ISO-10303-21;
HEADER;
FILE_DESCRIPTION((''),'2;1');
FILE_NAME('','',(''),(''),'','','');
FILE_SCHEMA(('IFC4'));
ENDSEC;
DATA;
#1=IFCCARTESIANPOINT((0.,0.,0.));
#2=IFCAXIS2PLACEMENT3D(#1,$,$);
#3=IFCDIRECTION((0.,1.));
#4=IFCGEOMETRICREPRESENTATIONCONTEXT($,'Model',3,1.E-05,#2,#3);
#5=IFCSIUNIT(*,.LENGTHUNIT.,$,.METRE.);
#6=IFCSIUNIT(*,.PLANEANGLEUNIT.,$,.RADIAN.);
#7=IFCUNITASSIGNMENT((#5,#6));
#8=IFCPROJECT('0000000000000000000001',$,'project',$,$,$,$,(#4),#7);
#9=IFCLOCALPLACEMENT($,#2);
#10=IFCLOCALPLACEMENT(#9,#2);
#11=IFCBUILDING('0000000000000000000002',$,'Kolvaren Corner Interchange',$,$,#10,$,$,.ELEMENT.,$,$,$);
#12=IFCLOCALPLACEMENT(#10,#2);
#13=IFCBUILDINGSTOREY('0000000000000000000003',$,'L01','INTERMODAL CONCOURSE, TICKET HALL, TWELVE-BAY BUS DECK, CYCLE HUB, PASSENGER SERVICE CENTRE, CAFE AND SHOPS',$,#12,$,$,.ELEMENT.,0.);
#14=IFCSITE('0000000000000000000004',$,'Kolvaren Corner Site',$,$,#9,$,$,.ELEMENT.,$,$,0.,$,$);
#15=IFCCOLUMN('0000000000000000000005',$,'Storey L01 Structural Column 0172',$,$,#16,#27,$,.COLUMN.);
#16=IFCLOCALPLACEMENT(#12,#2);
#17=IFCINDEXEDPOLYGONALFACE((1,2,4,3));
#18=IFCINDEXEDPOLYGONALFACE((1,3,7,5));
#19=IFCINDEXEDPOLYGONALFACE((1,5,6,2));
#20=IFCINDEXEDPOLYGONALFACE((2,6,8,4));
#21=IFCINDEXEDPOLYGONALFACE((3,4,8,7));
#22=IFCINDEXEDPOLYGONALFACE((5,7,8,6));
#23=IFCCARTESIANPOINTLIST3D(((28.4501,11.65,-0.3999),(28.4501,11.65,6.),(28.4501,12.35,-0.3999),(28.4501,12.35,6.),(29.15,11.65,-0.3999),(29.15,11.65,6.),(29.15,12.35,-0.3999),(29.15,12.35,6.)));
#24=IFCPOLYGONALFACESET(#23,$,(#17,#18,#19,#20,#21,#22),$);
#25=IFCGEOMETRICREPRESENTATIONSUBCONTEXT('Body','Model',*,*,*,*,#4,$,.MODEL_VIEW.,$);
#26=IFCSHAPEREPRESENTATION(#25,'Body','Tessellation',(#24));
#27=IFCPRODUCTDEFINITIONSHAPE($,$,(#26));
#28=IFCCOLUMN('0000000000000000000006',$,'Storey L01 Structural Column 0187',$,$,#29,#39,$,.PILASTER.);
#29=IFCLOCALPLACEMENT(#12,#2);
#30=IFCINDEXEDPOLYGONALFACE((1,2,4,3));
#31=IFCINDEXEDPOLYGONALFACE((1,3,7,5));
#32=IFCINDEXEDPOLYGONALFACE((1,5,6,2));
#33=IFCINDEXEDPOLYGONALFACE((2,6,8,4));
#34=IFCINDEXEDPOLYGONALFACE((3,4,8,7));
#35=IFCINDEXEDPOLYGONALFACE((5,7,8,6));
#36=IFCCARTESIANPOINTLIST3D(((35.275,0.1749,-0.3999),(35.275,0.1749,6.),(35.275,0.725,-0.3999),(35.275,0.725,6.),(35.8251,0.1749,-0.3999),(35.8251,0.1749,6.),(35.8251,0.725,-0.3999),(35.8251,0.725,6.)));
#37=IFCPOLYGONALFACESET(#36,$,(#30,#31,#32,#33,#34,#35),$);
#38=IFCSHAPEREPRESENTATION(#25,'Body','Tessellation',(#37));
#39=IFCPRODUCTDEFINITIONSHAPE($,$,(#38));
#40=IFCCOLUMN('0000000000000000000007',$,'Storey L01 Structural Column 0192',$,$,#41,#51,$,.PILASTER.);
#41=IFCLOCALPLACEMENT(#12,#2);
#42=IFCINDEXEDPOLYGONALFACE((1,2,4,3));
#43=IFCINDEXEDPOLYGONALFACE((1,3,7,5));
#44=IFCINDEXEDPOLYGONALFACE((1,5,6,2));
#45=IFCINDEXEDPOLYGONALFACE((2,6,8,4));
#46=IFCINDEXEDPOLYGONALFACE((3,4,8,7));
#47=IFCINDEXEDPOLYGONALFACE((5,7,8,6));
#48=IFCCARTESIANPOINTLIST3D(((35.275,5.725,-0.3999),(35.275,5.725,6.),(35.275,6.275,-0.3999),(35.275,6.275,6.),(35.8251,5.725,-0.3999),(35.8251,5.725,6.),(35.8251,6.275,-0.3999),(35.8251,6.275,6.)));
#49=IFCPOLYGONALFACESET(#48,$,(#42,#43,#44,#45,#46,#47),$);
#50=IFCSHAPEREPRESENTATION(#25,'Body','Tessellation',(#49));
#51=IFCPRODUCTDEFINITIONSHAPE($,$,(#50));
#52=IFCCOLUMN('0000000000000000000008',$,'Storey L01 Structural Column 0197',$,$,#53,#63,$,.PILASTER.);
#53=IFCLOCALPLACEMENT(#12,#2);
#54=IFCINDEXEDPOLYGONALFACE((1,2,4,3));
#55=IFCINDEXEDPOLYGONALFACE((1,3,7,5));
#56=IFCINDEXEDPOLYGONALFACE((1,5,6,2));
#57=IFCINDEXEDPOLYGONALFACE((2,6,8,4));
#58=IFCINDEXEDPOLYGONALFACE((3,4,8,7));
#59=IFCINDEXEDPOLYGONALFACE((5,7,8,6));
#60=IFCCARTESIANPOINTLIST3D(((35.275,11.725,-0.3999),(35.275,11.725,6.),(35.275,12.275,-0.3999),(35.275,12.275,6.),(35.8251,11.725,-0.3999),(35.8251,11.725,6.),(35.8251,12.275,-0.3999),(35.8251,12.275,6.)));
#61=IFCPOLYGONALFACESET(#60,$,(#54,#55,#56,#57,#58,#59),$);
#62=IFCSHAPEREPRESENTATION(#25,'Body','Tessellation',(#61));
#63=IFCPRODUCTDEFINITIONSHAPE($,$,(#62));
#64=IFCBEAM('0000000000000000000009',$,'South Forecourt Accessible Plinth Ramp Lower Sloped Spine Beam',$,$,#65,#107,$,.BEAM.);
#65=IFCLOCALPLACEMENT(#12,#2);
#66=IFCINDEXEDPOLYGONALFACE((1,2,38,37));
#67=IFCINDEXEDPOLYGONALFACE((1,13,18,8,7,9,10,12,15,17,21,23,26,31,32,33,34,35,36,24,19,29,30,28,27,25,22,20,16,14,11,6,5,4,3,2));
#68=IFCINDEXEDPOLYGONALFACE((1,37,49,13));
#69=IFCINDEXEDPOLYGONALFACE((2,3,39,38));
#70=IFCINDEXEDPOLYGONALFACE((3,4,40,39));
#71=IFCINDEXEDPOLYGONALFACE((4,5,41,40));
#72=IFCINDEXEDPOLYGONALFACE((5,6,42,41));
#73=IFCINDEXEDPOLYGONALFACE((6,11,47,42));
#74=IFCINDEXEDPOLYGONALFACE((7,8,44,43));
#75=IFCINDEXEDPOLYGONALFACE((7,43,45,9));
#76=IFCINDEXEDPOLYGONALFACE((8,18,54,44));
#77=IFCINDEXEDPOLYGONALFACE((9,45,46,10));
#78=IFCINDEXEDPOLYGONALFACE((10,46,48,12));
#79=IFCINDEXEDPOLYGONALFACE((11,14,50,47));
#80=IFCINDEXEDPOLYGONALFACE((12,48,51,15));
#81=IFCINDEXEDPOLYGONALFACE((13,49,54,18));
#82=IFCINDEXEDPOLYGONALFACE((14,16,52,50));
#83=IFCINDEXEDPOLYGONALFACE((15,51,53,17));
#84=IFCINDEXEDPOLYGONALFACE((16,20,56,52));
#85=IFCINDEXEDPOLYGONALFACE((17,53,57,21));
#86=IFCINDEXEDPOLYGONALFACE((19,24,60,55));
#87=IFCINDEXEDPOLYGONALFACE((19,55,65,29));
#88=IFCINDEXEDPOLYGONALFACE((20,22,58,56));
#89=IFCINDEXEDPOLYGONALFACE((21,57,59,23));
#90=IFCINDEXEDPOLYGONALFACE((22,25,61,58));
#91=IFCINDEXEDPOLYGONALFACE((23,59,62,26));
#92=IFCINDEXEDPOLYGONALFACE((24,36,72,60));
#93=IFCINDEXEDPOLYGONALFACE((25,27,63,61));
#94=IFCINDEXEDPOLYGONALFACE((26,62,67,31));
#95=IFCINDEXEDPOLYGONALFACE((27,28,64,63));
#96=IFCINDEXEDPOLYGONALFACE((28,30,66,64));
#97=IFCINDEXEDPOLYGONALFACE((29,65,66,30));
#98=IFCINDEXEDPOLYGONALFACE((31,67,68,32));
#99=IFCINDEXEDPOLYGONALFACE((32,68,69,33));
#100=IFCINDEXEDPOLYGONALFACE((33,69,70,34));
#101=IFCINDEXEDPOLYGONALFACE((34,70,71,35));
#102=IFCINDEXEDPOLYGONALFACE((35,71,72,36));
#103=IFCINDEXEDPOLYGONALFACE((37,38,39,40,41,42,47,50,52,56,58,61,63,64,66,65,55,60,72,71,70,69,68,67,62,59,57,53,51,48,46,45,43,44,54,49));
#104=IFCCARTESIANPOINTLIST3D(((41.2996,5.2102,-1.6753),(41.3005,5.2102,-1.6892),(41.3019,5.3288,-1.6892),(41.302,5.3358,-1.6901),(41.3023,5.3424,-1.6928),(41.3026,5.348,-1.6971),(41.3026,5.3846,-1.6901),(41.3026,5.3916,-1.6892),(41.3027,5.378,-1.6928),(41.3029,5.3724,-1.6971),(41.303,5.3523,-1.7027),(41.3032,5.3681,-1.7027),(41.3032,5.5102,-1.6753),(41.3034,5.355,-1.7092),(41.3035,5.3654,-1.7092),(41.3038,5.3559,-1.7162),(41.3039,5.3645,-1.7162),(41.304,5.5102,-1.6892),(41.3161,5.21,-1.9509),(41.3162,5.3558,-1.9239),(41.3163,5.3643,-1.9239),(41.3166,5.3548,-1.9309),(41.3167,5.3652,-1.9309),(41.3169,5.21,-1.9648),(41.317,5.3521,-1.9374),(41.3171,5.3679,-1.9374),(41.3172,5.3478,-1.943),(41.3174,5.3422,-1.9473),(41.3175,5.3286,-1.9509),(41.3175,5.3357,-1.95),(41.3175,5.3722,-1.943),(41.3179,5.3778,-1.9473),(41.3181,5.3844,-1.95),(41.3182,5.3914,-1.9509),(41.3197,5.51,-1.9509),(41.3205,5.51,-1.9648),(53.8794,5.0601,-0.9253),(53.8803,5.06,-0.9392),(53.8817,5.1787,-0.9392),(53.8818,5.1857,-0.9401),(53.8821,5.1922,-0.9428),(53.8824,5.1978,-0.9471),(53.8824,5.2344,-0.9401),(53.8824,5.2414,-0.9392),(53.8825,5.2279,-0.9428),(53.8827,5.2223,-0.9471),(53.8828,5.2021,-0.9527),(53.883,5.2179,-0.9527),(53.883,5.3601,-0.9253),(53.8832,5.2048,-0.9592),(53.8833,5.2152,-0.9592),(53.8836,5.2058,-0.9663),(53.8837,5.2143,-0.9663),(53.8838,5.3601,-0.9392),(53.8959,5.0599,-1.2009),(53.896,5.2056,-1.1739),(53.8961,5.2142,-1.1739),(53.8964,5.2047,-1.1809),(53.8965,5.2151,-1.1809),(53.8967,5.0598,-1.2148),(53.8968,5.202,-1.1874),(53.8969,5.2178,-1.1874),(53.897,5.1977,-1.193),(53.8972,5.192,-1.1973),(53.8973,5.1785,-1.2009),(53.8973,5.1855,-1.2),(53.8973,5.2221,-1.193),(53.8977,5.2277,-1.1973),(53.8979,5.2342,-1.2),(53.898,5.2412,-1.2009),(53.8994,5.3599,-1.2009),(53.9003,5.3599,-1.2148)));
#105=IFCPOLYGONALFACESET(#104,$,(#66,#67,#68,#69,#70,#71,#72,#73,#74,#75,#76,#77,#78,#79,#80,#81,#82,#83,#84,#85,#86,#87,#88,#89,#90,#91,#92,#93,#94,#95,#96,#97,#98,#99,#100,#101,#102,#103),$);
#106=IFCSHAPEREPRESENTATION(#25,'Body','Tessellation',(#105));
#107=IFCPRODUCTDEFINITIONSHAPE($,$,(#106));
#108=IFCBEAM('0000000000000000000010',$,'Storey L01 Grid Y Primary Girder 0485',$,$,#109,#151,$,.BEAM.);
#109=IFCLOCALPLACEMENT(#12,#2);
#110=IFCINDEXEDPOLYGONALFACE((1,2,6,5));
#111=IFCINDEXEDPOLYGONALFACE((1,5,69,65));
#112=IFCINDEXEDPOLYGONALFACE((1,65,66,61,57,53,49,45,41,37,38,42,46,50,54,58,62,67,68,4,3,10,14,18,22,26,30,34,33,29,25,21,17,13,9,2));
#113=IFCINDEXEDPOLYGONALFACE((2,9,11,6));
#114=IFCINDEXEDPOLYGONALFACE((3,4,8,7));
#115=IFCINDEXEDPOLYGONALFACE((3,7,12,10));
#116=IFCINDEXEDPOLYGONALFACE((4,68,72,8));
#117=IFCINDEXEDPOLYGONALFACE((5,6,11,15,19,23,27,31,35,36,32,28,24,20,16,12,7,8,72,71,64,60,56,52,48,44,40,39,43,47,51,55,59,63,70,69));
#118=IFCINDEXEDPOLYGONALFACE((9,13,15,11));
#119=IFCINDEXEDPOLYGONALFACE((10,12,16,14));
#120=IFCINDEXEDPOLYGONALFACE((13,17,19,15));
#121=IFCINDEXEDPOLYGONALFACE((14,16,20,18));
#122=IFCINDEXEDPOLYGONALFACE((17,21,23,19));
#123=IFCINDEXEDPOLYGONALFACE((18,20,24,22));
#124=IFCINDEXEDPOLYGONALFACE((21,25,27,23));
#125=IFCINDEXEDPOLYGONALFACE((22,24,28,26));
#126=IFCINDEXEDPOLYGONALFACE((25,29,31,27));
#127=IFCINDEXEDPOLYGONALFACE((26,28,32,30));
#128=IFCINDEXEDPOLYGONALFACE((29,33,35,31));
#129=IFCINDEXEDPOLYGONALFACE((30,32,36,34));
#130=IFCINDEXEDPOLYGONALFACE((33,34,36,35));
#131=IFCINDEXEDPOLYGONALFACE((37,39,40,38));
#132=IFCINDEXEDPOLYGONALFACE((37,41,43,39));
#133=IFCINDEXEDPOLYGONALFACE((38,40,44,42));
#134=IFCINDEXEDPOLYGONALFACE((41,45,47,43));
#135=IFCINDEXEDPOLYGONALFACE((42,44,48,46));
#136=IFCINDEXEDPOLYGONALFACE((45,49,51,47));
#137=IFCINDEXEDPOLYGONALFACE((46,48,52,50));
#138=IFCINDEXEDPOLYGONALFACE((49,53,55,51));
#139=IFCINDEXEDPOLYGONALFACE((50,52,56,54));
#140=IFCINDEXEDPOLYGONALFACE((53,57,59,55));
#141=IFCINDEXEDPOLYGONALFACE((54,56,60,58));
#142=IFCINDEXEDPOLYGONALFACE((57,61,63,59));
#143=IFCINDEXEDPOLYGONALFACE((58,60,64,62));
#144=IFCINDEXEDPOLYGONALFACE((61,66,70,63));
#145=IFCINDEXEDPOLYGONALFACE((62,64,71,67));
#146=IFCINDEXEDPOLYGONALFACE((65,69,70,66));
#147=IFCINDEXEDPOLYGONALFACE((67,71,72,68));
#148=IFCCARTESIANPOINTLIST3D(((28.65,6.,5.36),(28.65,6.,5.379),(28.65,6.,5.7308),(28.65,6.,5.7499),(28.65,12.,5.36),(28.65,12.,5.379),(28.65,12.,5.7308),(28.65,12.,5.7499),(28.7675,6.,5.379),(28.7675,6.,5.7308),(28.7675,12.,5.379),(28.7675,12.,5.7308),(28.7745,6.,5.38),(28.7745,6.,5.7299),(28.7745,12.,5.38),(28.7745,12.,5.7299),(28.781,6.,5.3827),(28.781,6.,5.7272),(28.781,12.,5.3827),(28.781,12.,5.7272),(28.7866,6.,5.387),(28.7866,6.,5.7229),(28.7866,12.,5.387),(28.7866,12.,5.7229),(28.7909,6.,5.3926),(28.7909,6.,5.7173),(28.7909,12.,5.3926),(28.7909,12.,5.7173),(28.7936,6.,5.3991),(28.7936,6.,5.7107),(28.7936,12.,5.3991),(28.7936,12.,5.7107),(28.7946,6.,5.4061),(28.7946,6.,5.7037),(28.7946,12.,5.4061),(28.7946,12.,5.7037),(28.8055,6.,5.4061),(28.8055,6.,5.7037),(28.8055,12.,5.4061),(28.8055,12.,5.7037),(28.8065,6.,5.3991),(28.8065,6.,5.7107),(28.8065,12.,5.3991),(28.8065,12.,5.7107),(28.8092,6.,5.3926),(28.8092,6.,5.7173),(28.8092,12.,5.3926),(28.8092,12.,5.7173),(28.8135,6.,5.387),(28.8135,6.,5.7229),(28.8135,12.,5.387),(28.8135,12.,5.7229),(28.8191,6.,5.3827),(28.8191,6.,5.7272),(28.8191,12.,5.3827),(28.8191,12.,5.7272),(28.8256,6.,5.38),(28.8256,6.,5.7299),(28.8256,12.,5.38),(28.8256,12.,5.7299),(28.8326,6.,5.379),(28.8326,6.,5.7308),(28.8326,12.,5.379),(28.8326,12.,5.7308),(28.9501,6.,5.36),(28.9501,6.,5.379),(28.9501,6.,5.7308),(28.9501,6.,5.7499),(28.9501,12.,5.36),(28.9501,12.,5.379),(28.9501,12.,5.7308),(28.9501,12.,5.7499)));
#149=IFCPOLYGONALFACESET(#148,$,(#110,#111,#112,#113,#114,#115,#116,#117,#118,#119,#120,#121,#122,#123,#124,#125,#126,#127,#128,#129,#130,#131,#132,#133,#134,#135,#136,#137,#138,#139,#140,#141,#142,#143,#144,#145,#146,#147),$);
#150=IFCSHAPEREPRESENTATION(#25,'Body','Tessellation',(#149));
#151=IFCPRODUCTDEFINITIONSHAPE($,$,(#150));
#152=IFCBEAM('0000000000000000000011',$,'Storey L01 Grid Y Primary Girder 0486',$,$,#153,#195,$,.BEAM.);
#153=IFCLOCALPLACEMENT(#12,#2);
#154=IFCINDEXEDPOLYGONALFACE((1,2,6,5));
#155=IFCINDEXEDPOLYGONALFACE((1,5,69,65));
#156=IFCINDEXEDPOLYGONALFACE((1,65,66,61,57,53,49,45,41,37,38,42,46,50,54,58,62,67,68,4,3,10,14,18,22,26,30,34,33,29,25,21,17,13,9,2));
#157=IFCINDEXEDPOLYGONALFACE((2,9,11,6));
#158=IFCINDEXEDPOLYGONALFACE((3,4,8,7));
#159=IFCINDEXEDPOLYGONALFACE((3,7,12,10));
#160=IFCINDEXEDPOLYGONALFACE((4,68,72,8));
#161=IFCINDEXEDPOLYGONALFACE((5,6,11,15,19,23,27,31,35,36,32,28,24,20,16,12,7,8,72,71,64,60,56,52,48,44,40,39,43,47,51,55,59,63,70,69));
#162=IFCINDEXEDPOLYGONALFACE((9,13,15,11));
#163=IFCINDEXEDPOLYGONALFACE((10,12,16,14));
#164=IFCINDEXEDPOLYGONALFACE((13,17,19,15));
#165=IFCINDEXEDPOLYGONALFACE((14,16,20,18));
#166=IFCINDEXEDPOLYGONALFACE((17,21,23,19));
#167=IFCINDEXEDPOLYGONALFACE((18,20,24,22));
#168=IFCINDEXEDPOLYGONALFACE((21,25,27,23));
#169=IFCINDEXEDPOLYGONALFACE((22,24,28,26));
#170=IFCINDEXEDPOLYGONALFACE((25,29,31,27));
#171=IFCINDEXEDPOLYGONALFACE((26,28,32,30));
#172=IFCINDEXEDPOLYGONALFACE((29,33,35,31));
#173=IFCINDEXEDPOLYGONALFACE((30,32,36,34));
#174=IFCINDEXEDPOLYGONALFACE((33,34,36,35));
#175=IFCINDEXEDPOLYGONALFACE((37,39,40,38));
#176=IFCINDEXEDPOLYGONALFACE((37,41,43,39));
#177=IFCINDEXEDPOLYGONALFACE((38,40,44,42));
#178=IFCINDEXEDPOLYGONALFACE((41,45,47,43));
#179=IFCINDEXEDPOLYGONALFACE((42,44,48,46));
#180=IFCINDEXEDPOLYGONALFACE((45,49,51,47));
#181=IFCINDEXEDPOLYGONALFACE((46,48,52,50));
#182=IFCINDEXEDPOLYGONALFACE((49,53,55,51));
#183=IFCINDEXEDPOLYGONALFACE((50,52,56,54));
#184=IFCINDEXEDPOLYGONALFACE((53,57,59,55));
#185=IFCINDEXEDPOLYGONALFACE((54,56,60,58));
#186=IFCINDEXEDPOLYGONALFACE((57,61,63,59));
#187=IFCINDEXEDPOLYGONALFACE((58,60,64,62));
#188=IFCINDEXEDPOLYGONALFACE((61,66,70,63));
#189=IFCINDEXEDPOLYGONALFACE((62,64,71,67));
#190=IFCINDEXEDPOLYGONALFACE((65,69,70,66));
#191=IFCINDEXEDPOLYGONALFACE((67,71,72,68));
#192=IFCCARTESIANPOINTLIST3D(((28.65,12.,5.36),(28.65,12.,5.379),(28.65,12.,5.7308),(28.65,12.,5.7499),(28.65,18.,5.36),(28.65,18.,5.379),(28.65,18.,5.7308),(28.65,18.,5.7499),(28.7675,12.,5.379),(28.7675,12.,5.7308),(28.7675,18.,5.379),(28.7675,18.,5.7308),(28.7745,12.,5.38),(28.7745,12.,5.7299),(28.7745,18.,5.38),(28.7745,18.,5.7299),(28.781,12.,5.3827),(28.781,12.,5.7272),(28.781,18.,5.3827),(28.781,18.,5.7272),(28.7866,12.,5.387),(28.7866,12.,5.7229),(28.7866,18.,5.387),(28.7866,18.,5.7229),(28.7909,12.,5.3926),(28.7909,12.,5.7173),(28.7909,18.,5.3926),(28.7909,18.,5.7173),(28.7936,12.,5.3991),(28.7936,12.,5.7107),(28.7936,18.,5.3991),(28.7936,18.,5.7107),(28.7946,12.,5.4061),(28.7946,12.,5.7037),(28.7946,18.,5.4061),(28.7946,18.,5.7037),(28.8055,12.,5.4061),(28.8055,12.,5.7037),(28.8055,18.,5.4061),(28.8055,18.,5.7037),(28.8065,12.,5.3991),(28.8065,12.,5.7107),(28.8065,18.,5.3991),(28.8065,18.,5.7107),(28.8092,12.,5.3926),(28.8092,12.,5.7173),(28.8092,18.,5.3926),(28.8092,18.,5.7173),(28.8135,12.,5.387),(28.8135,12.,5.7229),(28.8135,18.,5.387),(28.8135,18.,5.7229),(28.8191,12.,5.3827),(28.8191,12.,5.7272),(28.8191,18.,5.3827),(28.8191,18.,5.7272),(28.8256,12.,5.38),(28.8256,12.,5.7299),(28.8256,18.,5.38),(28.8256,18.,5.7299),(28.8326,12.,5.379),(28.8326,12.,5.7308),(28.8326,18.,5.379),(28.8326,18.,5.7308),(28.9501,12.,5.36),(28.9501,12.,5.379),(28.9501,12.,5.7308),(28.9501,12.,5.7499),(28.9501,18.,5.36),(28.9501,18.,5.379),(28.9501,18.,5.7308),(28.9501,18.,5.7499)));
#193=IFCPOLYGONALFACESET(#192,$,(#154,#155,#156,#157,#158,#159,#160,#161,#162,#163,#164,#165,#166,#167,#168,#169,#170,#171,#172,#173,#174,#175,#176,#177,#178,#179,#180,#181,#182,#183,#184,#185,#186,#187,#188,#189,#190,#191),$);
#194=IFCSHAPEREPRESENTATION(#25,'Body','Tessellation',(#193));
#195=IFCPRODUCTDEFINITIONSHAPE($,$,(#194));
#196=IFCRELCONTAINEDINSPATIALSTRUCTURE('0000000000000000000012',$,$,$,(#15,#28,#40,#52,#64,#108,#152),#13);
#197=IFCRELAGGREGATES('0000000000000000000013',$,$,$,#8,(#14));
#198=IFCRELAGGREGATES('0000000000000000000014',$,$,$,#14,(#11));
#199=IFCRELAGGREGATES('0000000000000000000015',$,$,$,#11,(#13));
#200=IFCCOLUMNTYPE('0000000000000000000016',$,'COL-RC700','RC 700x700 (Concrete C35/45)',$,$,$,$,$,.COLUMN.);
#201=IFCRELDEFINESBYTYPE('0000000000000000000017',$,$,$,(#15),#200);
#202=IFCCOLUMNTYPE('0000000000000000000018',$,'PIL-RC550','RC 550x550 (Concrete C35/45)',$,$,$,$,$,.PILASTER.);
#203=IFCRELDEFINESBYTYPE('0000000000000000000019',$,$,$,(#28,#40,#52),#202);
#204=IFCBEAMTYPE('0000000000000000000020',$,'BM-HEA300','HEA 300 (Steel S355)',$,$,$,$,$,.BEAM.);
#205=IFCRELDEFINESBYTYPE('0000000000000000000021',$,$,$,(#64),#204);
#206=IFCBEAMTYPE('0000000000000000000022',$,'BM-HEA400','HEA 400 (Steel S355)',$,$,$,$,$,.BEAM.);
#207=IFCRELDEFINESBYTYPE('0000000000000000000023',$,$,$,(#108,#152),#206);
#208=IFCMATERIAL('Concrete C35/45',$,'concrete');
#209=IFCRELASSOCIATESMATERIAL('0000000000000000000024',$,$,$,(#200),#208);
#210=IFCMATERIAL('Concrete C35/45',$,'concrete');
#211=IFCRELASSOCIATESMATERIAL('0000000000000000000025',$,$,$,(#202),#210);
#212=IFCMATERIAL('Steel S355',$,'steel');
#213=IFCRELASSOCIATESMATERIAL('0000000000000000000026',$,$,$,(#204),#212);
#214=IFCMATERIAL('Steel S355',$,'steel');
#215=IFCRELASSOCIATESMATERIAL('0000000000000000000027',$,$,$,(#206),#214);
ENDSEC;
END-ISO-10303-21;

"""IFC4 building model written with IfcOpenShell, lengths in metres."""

from ifc_helpers import new_model, si_unit, direction, frame, origin, origin_2d, place, context, subcontext, project, spatial, rectangle, i_section, extrude, material, material_profile, profile_set, type_object, element, save


model = new_model("IFC4")

# Units and contexts
model_context = context("Model", 3, precision=1e-05, world=origin(), true_north=direction((0.0, 1.0)))
body_context = subcontext(model_context, "Body", "Model", "MODEL_VIEW")
ifc_project = project(units=[si_unit("LENGTHUNIT", "METRE"), si_unit("PLANEANGLEUNIT", "RADIAN")], contexts=[model_context])

# Site, building, storey
site_placement = place(None, origin())
site = spatial("IfcSite", under=ifc_project, at=site_placement, Name="Kolvaren Corner Site", CompositionType="ELEMENT", RefElevation=0.0)
building_placement = place(site_placement, origin())
building = spatial("IfcBuilding", under=site, at=building_placement, Name="Kolvaren Corner Interchange", CompositionType="ELEMENT")
storey_placement = place(building_placement, origin())
storey = spatial("IfcBuildingStorey", under=building, at=storey_placement, Name="L01", Description="INTERMODAL CONCOURSE, TICKET HALL, TWELVE-BAY BUS DECK, CYCLE HUB, PASSENGER SERVICE CENTRE, CAFE AND SHOPS", CompositionType="ELEMENT", Elevation=0.0)

# Columns
ifc_material_1 = material(Name="Concrete C35/45", Category="concrete")
ifc_material_profile_1 = material_profile(ifc_material_1, rectangle(XDim=0.7, YDim=0.7, at=origin_2d()), Name="RC 700x700")
ifc_profile_set_1 = profile_set([ifc_material_profile_1], Name="Concrete C35/45")
column_type_1 = type_object("IfcColumnType", Name="COL-RC700", Description="RC 700x700 (Concrete C35/45)", PredefinedType="COLUMN", material=ifc_profile_set_1)
column_placement = place(storey_placement, frame((28.8, 12.0, -0.3999), z_axis=(0.0, 0.0, 1.0), x_axis=(1.0, 0.0, 0.0)))
element("IfcColumn", 1, at=column_placement, inside=storey, type_object=column_type_1, Name="Storey L01 Structural Column 0172", PredefinedType="COLUMN", context=body_context, shape_type="SweptSolid", body=[
    extrude(rectangle(XDim=0.7, YDim=0.7, at=origin_2d()), origin(), (0.0, 0.0, 1.0), 6.3999),
])
ifc_material_2 = material(Name="Concrete C35/45", Category="concrete")
ifc_material_profile_2 = material_profile(ifc_material_2, rectangle(XDim=0.55, YDim=0.55, at=origin_2d()), Name="RC 550x550")
ifc_profile_set_2 = profile_set([ifc_material_profile_2], Name="Concrete C35/45")
column_type_2 = type_object("IfcColumnType", Name="PIL-RC550", Description="RC 550x550 (Concrete C35/45)", PredefinedType="PILASTER", material=ifc_profile_set_2)
for number, where, z_axis, x_axis, name in (
    (2, (35.55, 0.45, -0.3999), (0.0, 0.0, 1.0), (1.0, 0.0, 0.0), "Storey L01 Structural Column 0187"),
    (3, (35.55, 6.0, -0.3999), (0.0, 0.0, 1.0), (1.0, 0.0, 0.0), "Storey L01 Structural Column 0192"),
    (4, (35.55, 12.0, -0.3999), (0.0, 0.0, 1.0), (1.0, 0.0, 0.0), "Storey L01 Structural Column 0197"),
):
    element("IfcColumn", number, at=place(storey_placement, frame(where, z_axis=z_axis, x_axis=x_axis)), inside=storey, type_object=column_type_2, Name=name, PredefinedType="PILASTER", context=body_context, shape_type="SweptSolid", body=[
        extrude(rectangle(XDim=0.55, YDim=0.55, at=origin_2d()), origin(), (0.0, 0.0, 1.0), 6.3999),
    ])

# Beams
ifc_material_3 = material(Name="Steel S355", Category="steel")
ifc_material_profile_3 = material_profile(ifc_material_3, i_section(OverallWidth=0.3, OverallDepth=0.29, WebThickness=0.0085, FlangeThickness=0.0139, FilletRadius=0.0271, at=origin_2d()), Name="HEA 300")
ifc_profile_set_3 = profile_set([ifc_material_profile_3], Name="Steel S355")
beam_type_1 = type_object("IfcBeamType", Name="BM-HEA300", Description="HEA 300 (Steel S355)", PredefinedType="BEAM", material=ifc_profile_set_3)
beam_1_placement = place(storey_placement, frame((41.3101, 5.3601, -1.8201), z_axis=(0.998157, -0.011913, 0.059509), x_axis=(0.011935, 0.999929, 0.0)))
element("IfcBeam", 5, at=beam_1_placement, inside=storey, type_object=beam_type_1, Name="South Forecourt Accessible Plinth Ramp Lower Sloped Spine Beam", PredefinedType="BEAM", context=body_context, shape_type="SweptSolid", body=[
    extrude(i_section(OverallWidth=0.3, OverallDepth=0.29, WebThickness=0.0085, FlangeThickness=0.0139, FilletRadius=0.0271, at=origin_2d()), origin(), (0.0, 0.0, 1.0), 12.603),
])
ifc_material_4 = material(Name="Steel S355", Category="steel")
ifc_material_profile_4 = material_profile(ifc_material_4, i_section(OverallWidth=0.3, OverallDepth=0.3899, WebThickness=0.011, FlangeThickness=0.019, FilletRadius=0.0271, at=origin_2d()), Name="HEA 400")
ifc_profile_set_4 = profile_set([ifc_material_profile_4], Name="Steel S355")
beam_type_2 = type_object("IfcBeamType", Name="BM-HEA400", Description="HEA 400 (Steel S355)", PredefinedType="BEAM", material=ifc_profile_set_4)
for number, where, z_axis, x_axis, name in (
    (6, (28.8, 6.0, 5.5549), (0.0, 1.0, 0.0), (-1.0, 0.0, 0.0), "Storey L01 Grid Y Primary Girder 0485"),
    (7, (28.8, 12.0, 5.5549), (0.0, 1.0, 0.0), (-1.0, 0.0, 0.0), "Storey L01 Grid Y Primary Girder 0486"),
):
    element("IfcBeam", number, at=place(storey_placement, frame(where, z_axis=z_axis, x_axis=x_axis)), inside=storey, type_object=beam_type_2, Name=name, PredefinedType="BEAM", context=body_context, shape_type="SweptSolid", body=[
        extrude(i_section(OverallWidth=0.3, OverallDepth=0.3899, WebThickness=0.011, FlangeThickness=0.019, FilletRadius=0.0271, at=origin_2d()), origin(), (0.0, 0.0, 1.0), 6.0),
    ])

save(model, "model.ifc")
